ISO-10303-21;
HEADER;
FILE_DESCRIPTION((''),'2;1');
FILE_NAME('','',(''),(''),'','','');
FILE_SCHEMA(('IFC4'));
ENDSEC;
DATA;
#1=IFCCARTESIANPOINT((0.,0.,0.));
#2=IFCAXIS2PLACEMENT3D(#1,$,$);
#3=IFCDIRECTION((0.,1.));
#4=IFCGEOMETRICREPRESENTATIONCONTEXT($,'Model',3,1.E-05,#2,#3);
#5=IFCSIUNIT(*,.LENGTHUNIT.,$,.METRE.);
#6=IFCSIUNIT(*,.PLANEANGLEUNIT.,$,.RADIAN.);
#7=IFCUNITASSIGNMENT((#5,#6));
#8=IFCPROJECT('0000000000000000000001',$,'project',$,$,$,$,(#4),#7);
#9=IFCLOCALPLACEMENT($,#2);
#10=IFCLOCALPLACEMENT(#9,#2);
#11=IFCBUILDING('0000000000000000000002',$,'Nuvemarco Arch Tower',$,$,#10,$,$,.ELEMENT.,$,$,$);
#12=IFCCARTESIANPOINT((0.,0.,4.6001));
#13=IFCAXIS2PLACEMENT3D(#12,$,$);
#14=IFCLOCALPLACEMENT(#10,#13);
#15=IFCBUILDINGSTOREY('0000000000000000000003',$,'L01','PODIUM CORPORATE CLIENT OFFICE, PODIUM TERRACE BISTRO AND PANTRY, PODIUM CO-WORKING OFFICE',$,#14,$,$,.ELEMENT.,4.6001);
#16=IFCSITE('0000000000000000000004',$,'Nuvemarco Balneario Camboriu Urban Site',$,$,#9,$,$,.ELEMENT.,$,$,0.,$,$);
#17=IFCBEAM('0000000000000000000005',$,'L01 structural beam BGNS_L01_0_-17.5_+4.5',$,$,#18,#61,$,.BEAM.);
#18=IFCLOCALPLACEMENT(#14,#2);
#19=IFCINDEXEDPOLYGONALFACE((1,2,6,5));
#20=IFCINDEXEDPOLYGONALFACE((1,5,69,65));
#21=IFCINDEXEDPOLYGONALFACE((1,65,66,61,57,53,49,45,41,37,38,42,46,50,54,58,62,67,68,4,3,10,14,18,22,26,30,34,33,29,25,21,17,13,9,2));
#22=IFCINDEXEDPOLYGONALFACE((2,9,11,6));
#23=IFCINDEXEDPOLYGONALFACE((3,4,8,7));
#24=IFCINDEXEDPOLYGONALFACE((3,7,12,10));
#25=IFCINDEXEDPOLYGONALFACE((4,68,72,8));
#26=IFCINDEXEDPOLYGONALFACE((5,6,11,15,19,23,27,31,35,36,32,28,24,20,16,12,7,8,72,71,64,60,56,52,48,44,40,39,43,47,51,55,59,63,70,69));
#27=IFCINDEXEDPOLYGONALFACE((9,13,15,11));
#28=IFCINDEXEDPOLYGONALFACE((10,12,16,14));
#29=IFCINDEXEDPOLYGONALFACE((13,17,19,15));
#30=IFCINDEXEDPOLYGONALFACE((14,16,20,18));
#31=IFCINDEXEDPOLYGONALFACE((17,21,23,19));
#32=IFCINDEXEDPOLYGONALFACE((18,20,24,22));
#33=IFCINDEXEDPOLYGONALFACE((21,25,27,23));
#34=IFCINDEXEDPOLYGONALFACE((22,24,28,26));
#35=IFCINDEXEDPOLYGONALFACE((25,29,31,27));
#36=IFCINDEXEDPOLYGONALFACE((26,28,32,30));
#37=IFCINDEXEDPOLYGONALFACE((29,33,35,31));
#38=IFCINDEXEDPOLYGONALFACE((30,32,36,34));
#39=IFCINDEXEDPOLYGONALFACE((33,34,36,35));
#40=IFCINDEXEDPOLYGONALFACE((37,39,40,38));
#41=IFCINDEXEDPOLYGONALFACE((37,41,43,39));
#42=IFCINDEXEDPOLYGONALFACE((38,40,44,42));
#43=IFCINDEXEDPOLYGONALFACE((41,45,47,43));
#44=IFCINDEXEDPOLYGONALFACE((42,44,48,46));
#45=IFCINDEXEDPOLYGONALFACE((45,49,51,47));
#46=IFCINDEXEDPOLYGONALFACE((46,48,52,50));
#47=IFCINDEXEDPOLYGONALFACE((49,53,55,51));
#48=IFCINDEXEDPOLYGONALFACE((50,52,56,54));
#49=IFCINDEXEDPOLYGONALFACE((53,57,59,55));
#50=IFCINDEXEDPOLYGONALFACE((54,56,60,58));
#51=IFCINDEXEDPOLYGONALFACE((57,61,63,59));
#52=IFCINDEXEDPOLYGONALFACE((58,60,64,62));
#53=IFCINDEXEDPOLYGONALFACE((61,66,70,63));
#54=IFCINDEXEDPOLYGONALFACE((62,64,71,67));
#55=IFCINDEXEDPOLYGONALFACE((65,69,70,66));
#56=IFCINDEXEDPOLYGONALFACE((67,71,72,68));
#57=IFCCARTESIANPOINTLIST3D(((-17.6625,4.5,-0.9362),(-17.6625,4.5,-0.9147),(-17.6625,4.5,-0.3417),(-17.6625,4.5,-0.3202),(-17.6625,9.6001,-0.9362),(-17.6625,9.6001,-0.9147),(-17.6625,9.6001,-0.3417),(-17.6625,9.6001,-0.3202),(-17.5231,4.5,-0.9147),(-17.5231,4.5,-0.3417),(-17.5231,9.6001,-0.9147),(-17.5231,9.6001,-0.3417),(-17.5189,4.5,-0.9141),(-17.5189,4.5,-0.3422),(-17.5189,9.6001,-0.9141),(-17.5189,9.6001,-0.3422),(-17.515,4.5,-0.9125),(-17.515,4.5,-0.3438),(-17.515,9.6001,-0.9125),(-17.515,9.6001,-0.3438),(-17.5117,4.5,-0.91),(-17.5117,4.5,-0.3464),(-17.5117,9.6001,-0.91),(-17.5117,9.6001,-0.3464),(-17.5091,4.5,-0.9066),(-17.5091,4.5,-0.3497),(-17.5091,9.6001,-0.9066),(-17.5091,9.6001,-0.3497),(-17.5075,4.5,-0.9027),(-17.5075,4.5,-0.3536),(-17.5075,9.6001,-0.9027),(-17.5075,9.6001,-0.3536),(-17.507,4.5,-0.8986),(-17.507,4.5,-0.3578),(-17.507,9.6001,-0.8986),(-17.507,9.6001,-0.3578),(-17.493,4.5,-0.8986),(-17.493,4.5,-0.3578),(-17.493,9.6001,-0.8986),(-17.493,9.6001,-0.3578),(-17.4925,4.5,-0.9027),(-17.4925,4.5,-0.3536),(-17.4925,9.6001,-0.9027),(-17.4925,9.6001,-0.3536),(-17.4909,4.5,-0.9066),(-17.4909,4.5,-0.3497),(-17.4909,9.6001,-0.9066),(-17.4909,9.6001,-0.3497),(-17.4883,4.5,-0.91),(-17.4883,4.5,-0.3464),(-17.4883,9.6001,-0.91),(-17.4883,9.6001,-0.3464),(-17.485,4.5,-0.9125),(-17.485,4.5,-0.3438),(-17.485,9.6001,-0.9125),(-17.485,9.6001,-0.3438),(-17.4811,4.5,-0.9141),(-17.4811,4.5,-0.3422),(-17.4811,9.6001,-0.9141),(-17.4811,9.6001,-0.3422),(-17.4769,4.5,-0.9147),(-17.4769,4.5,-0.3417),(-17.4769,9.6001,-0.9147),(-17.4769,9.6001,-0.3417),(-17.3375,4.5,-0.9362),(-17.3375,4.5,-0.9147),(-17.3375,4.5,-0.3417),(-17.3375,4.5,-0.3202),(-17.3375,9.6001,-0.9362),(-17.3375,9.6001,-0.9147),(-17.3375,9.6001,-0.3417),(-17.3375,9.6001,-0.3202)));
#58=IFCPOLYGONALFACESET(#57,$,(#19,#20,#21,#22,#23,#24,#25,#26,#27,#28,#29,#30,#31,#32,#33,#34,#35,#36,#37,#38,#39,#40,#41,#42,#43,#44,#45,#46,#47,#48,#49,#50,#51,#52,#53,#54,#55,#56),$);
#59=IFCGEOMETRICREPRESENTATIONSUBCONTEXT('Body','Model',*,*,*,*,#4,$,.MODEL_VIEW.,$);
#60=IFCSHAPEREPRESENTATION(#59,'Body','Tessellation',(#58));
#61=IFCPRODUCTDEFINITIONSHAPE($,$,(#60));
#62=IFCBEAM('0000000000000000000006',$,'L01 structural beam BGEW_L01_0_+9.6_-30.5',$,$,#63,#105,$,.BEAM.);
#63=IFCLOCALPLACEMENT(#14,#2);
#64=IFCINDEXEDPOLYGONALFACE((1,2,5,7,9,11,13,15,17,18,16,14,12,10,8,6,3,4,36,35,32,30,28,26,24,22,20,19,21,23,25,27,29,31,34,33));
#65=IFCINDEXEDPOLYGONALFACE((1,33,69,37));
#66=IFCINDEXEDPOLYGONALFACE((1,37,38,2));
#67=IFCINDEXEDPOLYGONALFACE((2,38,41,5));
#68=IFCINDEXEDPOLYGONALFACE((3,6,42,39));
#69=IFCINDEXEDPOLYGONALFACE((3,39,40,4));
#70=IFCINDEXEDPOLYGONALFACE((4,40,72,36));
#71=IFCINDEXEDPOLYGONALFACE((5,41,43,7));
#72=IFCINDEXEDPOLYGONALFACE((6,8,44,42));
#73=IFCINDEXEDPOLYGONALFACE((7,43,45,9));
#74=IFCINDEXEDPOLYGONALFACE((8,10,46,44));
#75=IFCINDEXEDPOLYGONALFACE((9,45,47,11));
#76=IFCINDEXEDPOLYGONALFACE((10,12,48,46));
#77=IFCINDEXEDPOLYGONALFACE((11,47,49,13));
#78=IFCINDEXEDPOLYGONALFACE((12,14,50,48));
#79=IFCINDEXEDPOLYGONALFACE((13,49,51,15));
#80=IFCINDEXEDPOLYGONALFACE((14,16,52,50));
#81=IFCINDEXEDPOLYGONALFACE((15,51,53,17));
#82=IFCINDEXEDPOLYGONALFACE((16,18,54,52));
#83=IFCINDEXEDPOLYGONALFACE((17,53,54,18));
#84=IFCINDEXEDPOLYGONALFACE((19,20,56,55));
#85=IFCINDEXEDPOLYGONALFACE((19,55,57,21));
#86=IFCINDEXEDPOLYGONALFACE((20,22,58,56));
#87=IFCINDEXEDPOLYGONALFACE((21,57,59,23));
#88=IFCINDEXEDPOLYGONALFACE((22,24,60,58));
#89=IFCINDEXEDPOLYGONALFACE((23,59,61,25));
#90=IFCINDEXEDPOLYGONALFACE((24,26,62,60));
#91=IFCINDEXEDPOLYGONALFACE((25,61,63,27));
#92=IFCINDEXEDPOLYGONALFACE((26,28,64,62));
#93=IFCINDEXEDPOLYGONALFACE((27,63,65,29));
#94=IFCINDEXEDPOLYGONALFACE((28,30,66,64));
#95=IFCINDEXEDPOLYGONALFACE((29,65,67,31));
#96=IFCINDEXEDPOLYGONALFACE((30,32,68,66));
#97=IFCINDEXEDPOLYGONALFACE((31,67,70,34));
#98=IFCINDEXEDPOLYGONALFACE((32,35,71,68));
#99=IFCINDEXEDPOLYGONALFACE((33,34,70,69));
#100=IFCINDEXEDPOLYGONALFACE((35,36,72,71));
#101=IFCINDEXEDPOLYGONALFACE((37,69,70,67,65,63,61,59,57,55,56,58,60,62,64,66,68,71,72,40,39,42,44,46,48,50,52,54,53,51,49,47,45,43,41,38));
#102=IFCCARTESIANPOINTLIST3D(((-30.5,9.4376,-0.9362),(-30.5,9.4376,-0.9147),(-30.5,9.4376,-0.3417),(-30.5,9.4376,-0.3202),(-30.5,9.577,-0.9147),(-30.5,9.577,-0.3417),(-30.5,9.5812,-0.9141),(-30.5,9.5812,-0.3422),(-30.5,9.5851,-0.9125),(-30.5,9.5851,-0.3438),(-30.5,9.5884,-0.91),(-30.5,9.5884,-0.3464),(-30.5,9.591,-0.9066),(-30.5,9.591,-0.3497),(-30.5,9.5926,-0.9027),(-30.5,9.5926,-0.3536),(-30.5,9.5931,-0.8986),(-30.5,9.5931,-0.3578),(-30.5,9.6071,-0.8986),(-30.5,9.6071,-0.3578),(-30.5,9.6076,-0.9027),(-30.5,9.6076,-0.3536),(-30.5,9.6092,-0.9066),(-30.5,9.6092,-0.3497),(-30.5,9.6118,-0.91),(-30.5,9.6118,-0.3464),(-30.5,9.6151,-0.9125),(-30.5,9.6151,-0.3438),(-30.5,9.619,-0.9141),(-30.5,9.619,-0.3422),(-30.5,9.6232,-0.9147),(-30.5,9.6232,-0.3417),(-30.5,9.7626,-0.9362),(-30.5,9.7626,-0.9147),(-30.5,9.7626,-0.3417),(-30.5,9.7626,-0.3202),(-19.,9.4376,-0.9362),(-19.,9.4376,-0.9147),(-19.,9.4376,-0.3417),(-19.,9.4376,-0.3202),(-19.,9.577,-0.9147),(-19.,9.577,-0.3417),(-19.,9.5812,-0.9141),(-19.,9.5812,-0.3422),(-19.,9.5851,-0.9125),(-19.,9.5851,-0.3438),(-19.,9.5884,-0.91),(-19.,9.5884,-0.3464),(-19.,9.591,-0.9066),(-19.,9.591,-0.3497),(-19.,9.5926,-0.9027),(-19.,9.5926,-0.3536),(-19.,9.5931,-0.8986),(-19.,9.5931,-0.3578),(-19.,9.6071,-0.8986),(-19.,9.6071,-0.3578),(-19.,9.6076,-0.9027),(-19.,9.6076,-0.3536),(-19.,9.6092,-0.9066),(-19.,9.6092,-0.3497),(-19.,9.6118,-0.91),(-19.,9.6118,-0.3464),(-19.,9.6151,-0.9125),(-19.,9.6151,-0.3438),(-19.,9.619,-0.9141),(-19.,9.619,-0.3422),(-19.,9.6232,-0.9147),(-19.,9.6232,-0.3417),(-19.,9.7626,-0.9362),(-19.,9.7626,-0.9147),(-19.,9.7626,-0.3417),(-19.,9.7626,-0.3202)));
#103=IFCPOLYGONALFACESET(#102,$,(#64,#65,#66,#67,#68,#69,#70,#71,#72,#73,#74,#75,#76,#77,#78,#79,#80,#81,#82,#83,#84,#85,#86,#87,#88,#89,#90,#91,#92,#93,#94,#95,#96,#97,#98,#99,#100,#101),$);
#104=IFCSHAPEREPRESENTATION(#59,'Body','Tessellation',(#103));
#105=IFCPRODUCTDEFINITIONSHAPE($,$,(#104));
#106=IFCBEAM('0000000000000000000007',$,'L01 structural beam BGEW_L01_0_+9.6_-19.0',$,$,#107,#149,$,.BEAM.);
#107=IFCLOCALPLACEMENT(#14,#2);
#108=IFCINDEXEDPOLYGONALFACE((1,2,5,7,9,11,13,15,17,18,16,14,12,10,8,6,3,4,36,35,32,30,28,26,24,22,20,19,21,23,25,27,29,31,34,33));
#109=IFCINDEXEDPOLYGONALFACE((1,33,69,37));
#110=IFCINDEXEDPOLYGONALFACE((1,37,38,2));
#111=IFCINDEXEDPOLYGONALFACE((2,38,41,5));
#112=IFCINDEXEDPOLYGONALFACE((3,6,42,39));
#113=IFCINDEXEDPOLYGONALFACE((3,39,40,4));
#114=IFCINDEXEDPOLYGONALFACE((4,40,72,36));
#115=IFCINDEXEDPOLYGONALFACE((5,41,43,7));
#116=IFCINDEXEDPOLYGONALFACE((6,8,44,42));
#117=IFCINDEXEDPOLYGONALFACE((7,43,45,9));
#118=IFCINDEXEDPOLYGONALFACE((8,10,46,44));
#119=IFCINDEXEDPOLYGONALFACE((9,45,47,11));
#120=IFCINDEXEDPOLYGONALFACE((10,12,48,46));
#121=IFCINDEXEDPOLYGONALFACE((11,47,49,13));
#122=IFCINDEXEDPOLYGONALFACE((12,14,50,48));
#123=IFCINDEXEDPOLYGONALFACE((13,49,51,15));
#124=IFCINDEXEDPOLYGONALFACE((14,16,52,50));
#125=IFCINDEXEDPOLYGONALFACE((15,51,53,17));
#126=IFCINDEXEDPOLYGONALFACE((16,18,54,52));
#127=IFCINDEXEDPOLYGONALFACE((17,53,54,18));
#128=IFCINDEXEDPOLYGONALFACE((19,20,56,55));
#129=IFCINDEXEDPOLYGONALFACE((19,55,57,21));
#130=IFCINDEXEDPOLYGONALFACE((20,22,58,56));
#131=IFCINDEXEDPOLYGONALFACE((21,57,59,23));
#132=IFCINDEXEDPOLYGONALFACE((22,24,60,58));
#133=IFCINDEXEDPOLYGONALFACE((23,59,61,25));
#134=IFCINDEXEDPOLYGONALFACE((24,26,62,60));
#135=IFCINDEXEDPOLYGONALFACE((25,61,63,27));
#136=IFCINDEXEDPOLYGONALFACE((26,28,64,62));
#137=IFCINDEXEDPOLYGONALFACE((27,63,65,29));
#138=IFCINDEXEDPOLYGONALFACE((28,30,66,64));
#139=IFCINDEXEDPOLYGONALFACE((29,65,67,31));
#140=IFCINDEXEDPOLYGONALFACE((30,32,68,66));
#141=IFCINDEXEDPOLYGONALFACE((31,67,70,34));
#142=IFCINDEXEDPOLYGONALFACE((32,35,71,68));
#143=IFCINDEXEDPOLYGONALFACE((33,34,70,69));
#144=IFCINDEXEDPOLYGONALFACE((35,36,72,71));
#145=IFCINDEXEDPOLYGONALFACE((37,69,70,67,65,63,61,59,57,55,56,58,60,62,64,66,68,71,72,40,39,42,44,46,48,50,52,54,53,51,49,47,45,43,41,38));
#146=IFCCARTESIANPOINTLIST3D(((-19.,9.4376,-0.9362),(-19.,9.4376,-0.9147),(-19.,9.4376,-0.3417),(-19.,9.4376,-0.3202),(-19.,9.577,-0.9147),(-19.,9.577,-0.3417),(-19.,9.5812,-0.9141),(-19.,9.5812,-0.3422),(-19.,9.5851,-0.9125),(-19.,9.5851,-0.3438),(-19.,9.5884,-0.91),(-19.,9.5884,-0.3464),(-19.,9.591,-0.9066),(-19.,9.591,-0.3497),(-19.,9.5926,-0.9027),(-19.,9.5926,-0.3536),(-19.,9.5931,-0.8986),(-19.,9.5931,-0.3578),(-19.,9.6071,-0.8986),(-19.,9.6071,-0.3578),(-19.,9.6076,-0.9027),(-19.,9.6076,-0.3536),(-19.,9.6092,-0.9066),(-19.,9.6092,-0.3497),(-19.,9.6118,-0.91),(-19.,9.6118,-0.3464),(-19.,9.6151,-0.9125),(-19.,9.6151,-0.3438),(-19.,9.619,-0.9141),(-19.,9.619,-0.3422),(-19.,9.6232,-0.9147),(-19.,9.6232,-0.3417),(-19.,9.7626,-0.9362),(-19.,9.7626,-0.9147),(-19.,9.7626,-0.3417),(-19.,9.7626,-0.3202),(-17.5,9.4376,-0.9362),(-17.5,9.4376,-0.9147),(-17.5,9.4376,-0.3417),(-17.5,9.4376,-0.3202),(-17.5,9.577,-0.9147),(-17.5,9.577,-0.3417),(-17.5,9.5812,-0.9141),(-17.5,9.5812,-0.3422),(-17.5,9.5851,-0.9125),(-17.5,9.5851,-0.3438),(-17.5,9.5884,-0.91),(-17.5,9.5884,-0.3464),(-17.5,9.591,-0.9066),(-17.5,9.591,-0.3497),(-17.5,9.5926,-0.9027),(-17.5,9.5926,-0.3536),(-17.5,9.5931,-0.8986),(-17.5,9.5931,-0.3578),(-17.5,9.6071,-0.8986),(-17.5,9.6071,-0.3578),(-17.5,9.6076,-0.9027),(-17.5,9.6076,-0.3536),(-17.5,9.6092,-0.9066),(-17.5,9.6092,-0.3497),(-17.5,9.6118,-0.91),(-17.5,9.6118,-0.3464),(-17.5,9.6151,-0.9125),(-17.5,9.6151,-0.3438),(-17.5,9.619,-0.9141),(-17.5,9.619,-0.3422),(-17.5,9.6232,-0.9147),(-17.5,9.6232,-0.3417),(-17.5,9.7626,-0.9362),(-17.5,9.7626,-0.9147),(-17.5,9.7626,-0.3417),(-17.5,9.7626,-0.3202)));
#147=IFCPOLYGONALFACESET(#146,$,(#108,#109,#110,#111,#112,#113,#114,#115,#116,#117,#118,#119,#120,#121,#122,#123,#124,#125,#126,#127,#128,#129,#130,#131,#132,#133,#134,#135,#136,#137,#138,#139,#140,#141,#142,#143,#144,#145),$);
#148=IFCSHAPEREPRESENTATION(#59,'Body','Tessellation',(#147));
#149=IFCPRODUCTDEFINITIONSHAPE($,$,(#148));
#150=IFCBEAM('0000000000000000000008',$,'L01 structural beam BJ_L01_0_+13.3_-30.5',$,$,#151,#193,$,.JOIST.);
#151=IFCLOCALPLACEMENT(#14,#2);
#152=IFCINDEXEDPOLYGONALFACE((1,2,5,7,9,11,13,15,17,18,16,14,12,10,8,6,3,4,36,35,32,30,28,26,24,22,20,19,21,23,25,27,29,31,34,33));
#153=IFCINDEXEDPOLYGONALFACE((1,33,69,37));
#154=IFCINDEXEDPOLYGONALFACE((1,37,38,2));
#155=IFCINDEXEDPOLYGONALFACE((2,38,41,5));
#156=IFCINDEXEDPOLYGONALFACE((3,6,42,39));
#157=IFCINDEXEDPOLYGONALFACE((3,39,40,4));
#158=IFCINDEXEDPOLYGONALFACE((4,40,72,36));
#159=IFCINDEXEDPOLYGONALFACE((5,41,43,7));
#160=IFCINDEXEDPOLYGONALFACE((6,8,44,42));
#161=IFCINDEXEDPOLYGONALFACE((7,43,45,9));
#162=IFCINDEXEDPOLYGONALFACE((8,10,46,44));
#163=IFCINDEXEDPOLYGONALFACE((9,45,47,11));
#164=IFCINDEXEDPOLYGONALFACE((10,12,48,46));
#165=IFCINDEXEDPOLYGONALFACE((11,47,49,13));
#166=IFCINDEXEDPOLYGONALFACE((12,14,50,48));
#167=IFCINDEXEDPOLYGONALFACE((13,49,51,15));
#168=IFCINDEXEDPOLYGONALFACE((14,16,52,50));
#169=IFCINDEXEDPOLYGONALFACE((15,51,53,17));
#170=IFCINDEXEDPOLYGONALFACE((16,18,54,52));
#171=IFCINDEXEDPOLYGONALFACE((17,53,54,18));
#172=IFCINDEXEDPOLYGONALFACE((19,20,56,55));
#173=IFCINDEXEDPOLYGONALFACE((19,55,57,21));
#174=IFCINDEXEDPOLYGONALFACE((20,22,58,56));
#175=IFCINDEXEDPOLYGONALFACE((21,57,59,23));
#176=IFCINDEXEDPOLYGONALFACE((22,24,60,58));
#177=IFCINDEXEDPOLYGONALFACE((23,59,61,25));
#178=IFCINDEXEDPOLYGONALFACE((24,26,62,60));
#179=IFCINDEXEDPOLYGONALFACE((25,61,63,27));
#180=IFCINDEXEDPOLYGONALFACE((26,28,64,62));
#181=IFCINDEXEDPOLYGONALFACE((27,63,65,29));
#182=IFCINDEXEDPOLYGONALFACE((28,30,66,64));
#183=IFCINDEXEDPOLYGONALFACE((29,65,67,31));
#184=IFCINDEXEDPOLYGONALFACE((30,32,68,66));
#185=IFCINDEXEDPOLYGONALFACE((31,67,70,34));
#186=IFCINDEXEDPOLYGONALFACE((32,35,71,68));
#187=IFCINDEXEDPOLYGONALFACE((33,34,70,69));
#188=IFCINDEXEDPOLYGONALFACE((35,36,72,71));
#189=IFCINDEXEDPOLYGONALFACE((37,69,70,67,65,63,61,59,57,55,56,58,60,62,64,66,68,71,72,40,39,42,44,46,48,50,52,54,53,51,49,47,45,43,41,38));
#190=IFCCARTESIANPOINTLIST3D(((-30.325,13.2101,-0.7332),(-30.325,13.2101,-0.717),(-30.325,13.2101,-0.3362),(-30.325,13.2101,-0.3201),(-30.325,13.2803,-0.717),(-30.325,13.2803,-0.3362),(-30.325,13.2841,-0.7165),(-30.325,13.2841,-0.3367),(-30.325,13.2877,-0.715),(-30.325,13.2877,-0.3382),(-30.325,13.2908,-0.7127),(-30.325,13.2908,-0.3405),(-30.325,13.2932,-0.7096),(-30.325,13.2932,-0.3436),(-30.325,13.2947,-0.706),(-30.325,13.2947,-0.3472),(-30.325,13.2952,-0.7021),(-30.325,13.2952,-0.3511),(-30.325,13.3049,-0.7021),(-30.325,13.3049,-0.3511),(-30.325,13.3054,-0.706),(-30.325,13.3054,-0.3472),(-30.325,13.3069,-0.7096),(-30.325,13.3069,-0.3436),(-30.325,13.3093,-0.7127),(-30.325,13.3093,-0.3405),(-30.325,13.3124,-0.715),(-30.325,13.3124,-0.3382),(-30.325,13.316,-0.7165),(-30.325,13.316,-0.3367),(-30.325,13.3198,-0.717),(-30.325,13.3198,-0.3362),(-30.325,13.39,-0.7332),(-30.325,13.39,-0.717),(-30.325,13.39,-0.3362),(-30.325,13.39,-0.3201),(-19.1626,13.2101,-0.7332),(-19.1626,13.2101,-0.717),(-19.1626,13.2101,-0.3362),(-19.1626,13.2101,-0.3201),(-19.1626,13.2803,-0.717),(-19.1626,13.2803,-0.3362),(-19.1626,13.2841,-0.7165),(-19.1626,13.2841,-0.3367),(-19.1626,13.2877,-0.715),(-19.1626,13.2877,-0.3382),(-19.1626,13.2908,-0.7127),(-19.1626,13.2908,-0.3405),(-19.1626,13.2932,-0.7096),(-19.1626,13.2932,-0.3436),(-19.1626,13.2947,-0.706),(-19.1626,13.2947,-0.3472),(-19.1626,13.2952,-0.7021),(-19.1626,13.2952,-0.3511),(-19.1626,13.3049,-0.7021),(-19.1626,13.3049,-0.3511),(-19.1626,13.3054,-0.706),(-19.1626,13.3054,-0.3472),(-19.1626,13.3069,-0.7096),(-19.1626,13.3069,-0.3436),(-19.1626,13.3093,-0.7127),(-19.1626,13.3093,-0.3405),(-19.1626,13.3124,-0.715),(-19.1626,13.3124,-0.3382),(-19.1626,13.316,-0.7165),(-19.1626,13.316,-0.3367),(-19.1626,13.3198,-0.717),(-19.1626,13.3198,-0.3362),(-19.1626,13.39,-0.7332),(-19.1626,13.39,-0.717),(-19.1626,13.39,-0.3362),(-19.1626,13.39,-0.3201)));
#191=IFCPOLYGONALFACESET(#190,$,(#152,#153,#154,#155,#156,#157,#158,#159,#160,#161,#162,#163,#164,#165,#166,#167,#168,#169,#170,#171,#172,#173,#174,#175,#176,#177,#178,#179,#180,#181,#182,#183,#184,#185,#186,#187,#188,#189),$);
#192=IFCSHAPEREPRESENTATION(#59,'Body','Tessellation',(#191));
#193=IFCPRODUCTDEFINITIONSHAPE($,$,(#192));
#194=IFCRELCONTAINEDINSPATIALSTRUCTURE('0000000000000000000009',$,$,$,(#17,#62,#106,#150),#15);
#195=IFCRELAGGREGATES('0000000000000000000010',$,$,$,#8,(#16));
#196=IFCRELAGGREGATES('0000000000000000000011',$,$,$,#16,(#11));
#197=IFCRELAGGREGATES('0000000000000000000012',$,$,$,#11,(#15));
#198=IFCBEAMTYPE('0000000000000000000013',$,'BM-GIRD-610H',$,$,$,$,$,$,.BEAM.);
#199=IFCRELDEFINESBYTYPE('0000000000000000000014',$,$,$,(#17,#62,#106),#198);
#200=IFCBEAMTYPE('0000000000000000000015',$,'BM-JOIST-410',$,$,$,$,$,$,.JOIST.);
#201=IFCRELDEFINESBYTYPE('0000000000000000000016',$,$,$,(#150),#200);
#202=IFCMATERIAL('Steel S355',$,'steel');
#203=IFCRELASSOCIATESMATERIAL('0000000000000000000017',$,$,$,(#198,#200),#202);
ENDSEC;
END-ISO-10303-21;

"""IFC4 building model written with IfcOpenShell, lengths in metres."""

from ifc_helpers import new_model, si_unit, direction, frame, origin, origin_2d, place, context, subcontext, project, spatial, i_section, extrude, material, material_profile, profile_set, type_object, element, save


model = new_model("IFC4")

# Units and contexts
model_context = context("Model", 3, precision=1e-05, world=origin(), true_north=direction((0.0, 1.0)))
body_context = subcontext(model_context, "Body", "Model", "MODEL_VIEW")
ifc_project = project(units=[si_unit("LENGTHUNIT", "METRE"), si_unit("PLANEANGLEUNIT", "RADIAN")], contexts=[model_context])

# Site, building, storey
site_placement = place(None, origin())
site = spatial("IfcSite", under=ifc_project, at=site_placement, Name="Nuvemarco Balneario Camboriu Urban Site", CompositionType="ELEMENT", RefElevation=0.0)
building_placement = place(site_placement, origin())
building = spatial("IfcBuilding", under=site, at=building_placement, Name="Nuvemarco Arch Tower", CompositionType="ELEMENT")
storey_placement = place(building_placement, frame((0.0, 0.0, 4.6001)))
storey = spatial("IfcBuildingStorey", under=building, at=storey_placement, Name="L01", Description="PODIUM CORPORATE CLIENT OFFICE, PODIUM TERRACE BISTRO AND PANTRY, PODIUM CO-WORKING OFFICE", CompositionType="ELEMENT", Elevation=4.6001)

# Beams
ifc_material_1 = material(Name="Steel S355", Category="steel")
ifc_material_profile_1 = material_profile(ifc_material_1, i_section(OverallWidth=0.325, OverallDepth=0.616, WebThickness=0.0139, FlangeThickness=0.0215, FilletRadius=0.0161, at=origin_2d()), Name="W610x174")
ifc_profile_set_1 = profile_set([ifc_material_profile_1], Name="Steel S355")
beam_type_1 = type_object("IfcBeamType", Name="BM-GIRD-610H", PredefinedType="BEAM", material=ifc_profile_set_1)
beam_1_placement = place(storey_placement, frame((-17.5, 4.5, -0.6282), z_axis=(0.0, 1.0, 0.0), x_axis=(-1.0, 0.0, 0.0)))
element("IfcBeam", 1, at=beam_1_placement, inside=storey, type_object=beam_type_1, Name="L01 structural beam BGNS_L01_0_-17.5_+4.5", PredefinedType="BEAM", context=body_context, shape_type="SweptSolid", body=[
    extrude(i_section(OverallWidth=0.325, OverallDepth=0.616, WebThickness=0.0139, FlangeThickness=0.0215, FilletRadius=0.0161, at=origin_2d()), origin(), (0.0, 0.0, 1.0), 5.1001),
])
beam_2_placement = place(storey_placement, frame((-30.5, 9.6001, -0.6282), z_axis=(1.0, 0.0, 0.0), x_axis=(0.0, 1.0, 0.0)))
element("IfcBeam", 2, at=beam_2_placement, inside=storey, type_object=beam_type_1, Name="L01 structural beam BGEW_L01_0_+9.6_-30.5", PredefinedType="BEAM", context=body_context, shape_type="SweptSolid", body=[
    extrude(i_section(OverallWidth=0.325, OverallDepth=0.616, WebThickness=0.0139, FlangeThickness=0.0215, FilletRadius=0.0161, at=origin_2d()), origin(), (0.0, 0.0, 1.0), 11.5),
])
beam_3_placement = place(storey_placement, frame((-19.0, 9.6001, -0.6282), z_axis=(1.0, 0.0, 0.0), x_axis=(0.0, 1.0, 0.0)))
element("IfcBeam", 3, at=beam_3_placement, inside=storey, type_object=beam_type_1, Name="L01 structural beam BGEW_L01_0_+9.6_-19.0", PredefinedType="BEAM", context=body_context, shape_type="SweptSolid", body=[
    extrude(i_section(OverallWidth=0.325, OverallDepth=0.616, WebThickness=0.0139, FlangeThickness=0.0215, FilletRadius=0.0161, at=origin_2d()), origin(), (0.0, 0.0, 1.0), 1.5),
])
ifc_material_profile_2 = material_profile(ifc_material_1, i_section(OverallWidth=0.1799, OverallDepth=0.4131, WebThickness=0.0098, FlangeThickness=0.0161, FilletRadius=0.0149, at=origin_2d()), Name="W410x75")
ifc_profile_set_2 = profile_set([ifc_material_profile_2], Name="Steel S355")
beam_type_2 = type_object("IfcBeamType", Name="BM-JOIST-410", PredefinedType="JOIST", material=ifc_profile_set_2)
beam_4_placement = place(storey_placement, frame((-30.325, 13.3, -0.5266), z_axis=(1.0, 0.0, 0.0), x_axis=(0.0, 1.0, 0.0)))
element("IfcBeam", 4, at=beam_4_placement, inside=storey, type_object=beam_type_2, Name="L01 structural beam BJ_L01_0_+13.3_-30.5", PredefinedType="JOIST", context=body_context, shape_type="SweptSolid", body=[
    extrude(i_section(OverallWidth=0.1799, OverallDepth=0.4131, WebThickness=0.0098, FlangeThickness=0.0161, FilletRadius=0.0149, at=origin_2d()), origin(), (0.0, 0.0, 1.0), 11.1624),
])

save(model, "model.ifc")
